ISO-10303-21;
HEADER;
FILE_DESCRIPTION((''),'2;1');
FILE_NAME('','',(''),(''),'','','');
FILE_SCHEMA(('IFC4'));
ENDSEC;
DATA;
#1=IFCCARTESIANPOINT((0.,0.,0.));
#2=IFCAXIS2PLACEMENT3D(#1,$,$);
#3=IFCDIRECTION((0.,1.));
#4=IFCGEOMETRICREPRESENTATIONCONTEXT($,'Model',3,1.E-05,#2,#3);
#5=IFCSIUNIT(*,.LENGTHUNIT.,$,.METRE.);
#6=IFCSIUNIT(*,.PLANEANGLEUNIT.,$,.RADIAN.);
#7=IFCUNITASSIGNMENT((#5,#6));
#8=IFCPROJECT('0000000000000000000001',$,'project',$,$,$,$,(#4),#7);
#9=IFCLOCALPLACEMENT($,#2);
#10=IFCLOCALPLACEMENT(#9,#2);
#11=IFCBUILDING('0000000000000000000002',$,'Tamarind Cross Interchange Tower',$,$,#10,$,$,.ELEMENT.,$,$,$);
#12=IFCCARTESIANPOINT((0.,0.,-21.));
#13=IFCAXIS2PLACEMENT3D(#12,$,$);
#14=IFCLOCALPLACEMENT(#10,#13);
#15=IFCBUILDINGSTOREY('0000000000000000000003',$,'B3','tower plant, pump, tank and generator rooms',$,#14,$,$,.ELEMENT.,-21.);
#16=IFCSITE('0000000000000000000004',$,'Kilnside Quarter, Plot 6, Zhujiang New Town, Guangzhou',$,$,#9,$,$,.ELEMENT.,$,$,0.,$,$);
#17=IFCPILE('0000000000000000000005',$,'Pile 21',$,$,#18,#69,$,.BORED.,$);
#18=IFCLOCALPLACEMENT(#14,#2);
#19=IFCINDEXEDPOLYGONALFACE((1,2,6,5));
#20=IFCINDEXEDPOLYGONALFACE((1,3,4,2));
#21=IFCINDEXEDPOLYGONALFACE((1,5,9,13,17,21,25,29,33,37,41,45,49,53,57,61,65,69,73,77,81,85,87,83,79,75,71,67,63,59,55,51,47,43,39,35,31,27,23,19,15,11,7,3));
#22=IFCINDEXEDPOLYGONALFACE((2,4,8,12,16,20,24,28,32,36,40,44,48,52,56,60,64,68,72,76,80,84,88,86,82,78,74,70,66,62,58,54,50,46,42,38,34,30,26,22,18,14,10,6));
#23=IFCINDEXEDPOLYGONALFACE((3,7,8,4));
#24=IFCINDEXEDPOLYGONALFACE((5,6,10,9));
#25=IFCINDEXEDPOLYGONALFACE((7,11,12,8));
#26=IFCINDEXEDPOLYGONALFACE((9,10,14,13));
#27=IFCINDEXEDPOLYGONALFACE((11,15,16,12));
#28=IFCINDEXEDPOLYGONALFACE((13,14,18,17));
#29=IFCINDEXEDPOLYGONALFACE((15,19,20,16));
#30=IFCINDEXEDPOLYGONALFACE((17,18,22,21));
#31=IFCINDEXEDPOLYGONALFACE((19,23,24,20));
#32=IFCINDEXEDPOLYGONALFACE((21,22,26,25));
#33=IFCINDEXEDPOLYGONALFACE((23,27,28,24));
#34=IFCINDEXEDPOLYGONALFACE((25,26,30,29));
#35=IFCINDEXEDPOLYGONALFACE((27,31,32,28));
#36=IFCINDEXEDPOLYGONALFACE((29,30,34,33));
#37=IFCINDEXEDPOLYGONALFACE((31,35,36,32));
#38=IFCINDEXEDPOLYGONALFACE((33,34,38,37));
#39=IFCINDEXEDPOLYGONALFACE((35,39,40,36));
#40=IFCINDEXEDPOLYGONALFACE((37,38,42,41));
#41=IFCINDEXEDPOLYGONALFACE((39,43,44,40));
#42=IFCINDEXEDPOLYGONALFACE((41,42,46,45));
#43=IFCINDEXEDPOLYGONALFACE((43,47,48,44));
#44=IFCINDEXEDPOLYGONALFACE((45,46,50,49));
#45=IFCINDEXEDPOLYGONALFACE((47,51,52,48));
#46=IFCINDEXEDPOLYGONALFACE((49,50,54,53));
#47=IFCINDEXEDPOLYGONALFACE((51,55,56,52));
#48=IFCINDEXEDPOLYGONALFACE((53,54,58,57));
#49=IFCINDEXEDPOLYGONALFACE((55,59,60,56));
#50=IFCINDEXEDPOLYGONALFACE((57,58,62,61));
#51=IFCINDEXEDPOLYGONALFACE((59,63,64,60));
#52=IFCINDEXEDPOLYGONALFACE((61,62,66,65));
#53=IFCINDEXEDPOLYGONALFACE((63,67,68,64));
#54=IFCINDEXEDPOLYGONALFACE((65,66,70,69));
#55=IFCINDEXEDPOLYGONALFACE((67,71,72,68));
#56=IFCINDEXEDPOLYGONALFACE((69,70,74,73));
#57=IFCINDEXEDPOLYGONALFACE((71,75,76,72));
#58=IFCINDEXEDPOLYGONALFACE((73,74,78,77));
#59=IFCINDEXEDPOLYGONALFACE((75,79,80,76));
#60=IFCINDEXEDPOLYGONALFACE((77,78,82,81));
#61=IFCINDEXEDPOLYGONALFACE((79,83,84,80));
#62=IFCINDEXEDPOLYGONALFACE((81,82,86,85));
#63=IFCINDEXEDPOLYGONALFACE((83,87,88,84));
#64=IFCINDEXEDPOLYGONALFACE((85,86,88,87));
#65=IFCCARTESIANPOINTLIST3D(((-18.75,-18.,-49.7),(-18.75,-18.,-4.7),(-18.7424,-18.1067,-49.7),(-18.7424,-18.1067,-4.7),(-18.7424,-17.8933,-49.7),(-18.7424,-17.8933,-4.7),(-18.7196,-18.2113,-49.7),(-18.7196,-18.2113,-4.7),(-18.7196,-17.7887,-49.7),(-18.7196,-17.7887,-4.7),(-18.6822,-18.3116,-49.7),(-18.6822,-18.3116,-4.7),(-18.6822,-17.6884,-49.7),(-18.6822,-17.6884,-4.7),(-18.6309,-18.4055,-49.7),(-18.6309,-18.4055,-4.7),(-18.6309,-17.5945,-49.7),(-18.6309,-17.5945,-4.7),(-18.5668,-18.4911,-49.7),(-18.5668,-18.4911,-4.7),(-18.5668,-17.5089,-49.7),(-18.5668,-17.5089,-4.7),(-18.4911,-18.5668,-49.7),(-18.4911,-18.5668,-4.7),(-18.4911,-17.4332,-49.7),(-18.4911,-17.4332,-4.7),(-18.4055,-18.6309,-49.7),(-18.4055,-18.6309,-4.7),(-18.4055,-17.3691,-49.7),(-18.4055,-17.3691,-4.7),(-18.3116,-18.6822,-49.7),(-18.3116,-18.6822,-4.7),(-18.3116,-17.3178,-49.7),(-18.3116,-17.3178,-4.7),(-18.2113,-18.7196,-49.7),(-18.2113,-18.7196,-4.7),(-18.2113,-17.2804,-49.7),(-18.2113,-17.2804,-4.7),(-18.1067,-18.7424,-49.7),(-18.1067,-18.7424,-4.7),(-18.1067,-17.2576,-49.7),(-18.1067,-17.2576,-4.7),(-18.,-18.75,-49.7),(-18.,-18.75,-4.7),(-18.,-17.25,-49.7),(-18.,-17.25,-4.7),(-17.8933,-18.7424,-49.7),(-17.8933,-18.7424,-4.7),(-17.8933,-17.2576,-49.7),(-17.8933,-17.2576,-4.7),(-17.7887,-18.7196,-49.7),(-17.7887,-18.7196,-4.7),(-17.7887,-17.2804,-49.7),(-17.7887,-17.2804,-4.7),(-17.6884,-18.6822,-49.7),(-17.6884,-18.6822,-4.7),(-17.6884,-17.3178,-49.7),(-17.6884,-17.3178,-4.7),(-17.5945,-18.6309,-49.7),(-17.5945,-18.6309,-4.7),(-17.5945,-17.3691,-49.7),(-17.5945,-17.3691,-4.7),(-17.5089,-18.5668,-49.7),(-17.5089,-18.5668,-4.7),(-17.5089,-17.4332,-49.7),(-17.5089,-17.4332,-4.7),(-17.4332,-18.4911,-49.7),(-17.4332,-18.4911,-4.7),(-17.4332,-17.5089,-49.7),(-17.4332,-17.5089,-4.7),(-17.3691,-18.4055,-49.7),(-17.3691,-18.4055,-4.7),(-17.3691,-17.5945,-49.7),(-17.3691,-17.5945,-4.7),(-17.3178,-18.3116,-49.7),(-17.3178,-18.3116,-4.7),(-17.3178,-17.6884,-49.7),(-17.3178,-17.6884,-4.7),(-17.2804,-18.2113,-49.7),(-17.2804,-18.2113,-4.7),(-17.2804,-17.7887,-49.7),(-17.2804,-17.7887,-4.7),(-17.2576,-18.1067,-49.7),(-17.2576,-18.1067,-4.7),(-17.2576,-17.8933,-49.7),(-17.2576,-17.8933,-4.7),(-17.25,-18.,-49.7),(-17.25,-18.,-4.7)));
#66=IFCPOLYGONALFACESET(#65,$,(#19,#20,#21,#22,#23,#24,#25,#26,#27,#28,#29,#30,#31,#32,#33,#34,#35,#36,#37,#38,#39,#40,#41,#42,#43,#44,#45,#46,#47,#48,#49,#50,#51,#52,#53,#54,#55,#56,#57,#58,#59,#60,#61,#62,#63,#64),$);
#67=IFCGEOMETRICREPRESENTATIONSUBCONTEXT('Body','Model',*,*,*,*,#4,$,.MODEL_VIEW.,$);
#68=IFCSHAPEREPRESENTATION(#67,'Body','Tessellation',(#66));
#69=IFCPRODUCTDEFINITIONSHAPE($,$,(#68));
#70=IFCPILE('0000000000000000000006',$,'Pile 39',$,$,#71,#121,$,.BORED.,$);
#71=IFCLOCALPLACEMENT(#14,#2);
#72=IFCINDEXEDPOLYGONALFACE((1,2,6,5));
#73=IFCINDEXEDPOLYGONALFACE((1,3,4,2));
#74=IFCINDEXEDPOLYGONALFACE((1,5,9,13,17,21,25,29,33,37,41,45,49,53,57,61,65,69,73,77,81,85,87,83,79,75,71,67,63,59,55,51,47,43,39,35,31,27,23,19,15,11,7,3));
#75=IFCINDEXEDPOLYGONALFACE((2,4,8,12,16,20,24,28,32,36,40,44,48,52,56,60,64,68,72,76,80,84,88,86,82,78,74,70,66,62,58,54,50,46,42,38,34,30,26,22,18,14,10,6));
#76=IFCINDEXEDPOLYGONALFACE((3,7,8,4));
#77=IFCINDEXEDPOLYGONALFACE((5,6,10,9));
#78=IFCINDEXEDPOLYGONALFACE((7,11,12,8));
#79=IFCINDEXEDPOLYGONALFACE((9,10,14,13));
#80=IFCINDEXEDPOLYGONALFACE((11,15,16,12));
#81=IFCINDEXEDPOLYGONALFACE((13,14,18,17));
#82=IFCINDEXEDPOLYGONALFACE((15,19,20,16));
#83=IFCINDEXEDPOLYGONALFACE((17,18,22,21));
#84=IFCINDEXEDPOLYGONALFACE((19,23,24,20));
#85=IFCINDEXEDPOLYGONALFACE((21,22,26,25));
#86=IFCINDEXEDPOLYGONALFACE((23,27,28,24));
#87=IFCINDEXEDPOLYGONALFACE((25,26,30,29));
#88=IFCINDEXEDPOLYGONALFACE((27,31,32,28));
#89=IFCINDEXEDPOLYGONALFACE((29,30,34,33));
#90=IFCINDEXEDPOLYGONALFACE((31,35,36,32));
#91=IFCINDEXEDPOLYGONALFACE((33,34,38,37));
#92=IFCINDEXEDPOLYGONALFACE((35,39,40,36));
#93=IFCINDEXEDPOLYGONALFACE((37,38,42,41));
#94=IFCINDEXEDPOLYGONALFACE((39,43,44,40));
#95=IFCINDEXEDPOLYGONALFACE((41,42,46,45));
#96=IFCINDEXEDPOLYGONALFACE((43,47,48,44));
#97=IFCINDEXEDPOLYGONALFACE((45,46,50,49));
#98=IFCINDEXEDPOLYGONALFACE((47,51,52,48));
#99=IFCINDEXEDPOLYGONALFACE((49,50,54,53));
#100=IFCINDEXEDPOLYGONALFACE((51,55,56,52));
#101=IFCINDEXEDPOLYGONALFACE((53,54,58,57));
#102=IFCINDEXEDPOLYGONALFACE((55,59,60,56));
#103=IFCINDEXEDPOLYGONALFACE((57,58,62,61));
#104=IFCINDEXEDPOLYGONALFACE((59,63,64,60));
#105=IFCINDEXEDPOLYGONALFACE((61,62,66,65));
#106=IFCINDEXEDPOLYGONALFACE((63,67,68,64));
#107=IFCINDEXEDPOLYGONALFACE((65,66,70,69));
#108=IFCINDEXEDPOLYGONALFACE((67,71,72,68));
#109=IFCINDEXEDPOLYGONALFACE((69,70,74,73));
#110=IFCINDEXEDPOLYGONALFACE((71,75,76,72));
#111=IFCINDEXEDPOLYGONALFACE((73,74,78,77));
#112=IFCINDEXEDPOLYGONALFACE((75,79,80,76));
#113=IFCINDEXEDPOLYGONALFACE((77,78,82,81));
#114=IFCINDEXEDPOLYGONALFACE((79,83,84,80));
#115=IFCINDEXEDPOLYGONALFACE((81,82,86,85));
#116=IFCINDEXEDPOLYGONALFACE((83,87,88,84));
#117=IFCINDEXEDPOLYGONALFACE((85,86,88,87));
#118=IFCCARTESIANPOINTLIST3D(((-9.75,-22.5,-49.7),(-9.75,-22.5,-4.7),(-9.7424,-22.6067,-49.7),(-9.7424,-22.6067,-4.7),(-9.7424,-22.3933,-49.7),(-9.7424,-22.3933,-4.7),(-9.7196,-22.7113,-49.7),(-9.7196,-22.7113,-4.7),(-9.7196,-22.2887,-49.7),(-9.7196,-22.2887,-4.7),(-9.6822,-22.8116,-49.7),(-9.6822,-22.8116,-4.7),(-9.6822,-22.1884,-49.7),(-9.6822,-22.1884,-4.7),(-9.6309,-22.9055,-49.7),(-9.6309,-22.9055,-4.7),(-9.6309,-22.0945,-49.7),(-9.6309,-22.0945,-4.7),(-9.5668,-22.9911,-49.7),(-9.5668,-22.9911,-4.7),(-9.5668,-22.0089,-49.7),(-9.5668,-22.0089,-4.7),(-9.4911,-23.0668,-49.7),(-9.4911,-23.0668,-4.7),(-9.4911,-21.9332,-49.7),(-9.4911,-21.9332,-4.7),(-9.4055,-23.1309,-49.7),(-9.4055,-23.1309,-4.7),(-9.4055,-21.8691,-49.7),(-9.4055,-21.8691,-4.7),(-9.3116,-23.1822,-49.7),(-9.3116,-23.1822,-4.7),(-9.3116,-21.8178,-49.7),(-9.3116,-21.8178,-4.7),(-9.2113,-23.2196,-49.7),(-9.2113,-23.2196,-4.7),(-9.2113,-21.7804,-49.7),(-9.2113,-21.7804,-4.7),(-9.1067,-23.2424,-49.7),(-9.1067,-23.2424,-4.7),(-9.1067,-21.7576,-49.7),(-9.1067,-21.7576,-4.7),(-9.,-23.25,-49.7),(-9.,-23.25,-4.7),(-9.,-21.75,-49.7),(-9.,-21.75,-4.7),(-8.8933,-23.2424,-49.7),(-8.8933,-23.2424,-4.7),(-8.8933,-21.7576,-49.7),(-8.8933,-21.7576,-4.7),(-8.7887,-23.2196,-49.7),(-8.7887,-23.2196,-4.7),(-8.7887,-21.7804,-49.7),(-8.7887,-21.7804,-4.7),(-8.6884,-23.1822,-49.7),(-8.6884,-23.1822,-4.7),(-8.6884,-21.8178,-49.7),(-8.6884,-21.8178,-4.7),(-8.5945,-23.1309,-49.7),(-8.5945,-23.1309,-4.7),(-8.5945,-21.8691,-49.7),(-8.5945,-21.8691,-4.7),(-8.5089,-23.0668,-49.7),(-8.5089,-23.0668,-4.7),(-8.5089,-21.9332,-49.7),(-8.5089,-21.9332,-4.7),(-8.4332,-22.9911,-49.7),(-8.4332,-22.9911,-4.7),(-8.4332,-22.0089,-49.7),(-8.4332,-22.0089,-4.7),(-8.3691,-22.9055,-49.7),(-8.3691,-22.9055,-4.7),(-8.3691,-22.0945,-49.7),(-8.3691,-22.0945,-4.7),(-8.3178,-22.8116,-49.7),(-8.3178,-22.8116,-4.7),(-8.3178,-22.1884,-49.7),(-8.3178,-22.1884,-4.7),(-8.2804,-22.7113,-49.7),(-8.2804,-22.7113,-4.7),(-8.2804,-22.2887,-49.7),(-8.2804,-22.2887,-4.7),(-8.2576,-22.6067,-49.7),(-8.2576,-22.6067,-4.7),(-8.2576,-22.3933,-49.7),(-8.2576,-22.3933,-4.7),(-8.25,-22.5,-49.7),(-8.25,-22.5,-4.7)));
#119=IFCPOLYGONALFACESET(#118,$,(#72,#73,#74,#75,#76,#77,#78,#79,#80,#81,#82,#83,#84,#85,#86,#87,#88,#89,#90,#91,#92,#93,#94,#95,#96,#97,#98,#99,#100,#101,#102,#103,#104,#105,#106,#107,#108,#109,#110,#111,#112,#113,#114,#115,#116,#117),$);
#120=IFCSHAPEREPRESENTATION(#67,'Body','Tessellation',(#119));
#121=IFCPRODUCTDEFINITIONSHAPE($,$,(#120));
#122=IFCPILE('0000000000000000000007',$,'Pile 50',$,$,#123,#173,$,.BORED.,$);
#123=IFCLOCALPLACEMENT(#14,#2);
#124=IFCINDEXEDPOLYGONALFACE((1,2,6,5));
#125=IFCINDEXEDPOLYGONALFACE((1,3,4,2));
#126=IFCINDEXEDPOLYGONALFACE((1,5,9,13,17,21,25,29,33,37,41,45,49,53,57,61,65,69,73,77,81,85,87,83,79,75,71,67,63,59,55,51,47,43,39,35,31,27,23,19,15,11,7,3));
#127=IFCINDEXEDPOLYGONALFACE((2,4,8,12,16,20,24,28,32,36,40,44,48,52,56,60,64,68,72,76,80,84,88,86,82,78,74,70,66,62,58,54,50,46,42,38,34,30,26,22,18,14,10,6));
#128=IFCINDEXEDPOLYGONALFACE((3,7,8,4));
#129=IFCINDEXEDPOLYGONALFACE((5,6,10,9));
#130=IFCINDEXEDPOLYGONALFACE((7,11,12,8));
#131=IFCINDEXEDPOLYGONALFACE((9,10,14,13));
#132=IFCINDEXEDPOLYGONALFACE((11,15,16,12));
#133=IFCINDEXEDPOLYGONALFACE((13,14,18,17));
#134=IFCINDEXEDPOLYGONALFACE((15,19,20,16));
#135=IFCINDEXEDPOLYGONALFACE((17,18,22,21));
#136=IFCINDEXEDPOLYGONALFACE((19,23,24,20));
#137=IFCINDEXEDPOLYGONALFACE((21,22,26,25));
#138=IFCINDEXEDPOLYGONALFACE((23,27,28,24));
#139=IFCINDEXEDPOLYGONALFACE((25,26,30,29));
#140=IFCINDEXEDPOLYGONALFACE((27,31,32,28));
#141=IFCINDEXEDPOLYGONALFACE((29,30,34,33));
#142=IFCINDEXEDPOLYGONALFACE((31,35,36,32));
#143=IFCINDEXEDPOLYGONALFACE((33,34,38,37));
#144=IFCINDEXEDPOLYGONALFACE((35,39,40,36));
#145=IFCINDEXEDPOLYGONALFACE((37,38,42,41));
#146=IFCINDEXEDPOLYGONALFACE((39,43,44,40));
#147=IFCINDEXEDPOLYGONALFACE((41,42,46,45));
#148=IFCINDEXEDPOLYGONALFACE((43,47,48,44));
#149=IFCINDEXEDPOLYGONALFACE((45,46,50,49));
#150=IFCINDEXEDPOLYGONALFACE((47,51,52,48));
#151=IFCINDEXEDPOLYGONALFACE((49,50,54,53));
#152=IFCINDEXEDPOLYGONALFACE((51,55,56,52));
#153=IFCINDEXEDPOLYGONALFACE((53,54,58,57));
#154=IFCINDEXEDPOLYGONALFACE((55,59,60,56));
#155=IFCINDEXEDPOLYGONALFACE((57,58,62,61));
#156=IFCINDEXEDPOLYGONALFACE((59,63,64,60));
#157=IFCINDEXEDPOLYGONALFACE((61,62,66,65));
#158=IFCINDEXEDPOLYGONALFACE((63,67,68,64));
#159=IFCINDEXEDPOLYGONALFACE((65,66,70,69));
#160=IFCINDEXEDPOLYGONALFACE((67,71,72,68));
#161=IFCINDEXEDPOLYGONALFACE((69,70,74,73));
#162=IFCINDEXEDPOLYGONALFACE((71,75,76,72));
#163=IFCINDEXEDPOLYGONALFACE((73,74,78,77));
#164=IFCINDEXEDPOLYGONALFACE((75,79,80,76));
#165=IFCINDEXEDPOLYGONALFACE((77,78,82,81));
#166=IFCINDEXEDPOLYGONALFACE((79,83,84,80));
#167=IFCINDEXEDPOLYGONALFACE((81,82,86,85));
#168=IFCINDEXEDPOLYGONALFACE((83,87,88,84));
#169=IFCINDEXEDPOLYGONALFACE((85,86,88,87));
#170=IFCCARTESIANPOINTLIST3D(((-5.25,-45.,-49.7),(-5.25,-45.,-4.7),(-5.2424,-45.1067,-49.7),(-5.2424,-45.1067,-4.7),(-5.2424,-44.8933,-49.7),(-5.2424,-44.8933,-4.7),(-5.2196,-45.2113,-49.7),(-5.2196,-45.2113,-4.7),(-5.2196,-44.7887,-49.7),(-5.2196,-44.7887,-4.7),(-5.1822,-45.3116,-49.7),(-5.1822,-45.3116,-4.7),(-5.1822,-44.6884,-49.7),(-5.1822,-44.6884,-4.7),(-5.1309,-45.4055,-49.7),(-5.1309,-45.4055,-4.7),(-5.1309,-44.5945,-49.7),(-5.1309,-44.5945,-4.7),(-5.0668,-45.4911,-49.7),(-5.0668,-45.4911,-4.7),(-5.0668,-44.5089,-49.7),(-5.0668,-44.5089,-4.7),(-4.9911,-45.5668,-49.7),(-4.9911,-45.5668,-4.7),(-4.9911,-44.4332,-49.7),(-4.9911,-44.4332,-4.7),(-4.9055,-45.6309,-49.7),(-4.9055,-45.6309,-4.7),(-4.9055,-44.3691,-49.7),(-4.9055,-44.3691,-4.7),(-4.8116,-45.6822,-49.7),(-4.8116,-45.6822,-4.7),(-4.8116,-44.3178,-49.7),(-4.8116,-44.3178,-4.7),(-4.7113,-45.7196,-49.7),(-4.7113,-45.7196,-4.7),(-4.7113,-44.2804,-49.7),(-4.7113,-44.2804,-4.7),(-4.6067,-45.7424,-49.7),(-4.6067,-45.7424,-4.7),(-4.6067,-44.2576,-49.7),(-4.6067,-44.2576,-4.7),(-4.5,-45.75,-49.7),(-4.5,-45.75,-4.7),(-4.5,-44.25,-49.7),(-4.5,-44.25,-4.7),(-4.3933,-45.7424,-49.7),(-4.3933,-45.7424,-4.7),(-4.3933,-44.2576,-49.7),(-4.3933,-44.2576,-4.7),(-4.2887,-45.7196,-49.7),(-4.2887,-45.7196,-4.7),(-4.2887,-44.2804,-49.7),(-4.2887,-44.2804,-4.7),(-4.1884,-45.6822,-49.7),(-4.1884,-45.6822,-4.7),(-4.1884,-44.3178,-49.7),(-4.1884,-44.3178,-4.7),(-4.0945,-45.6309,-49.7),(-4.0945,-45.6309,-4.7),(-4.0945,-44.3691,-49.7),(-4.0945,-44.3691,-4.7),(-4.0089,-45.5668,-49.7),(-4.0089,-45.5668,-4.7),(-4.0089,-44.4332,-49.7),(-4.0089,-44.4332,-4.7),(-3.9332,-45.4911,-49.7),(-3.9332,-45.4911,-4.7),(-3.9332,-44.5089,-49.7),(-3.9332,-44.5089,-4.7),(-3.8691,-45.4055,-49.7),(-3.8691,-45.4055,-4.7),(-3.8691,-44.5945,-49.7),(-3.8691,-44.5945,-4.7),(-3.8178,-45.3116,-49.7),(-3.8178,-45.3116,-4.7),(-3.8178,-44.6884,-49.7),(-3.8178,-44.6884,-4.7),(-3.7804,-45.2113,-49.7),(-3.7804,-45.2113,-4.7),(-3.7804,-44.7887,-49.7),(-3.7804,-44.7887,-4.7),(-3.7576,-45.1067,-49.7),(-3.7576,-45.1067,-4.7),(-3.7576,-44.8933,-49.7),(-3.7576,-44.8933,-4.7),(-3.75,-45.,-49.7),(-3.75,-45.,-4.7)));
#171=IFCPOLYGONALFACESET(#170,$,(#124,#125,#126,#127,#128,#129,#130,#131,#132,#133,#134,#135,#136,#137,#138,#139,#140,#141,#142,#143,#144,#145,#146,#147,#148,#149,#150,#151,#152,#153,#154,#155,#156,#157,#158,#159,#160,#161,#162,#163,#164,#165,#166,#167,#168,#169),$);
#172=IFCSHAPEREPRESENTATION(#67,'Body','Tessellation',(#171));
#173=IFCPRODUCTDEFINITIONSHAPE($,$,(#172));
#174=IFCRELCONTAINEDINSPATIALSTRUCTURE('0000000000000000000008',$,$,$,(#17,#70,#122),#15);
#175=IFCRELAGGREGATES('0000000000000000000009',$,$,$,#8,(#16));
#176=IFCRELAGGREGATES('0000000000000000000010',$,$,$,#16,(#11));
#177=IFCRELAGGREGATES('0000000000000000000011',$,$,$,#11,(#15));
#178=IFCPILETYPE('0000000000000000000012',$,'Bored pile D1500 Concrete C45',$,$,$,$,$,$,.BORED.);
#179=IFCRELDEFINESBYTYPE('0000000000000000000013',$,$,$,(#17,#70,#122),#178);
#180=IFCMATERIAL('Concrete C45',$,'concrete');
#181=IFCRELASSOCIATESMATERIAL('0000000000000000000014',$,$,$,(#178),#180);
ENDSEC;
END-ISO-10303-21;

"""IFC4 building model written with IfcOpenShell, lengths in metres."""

from ifc_helpers import new_model, si_unit, direction, frame, origin, origin_2d, place, context, subcontext, project, spatial, circle, extrude, material, material_profile, profile_set, type_object, element, save


model = new_model("IFC4")

# Units and contexts
model_context = context("Model", 3, precision=1e-05, world=origin(), true_north=direction((0.0, 1.0)))
body_context = subcontext(model_context, "Body", "Model", "MODEL_VIEW")
ifc_project = project(units=[si_unit("LENGTHUNIT", "METRE"), si_unit("PLANEANGLEUNIT", "RADIAN")], contexts=[model_context])

# Site, building, storey
site_placement = place(None, origin())
site = spatial("IfcSite", under=ifc_project, at=site_placement, Name="Kilnside Quarter, Plot 6, Zhujiang New Town, Guangzhou", CompositionType="ELEMENT", RefElevation=0.0)
building_placement = place(site_placement, origin())
building = spatial("IfcBuilding", under=site, at=building_placement, Name="Tamarind Cross Interchange Tower", CompositionType="ELEMENT")
storey_placement = place(building_placement, frame((0.0, 0.0, -21.0)))
storey = spatial("IfcBuildingStorey", under=building, at=storey_placement, Name="B3", Description="tower plant, pump, tank and generator rooms", CompositionType="ELEMENT", Elevation=-21.0)

# Piles
ifc_material_1 = material(Name="Concrete C45", Category="concrete")
ifc_material_profile_1 = material_profile(ifc_material_1, circle(Radius=0.75, at=origin_2d()), Name="RC D1500")
ifc_profile_set_1 = profile_set([ifc_material_profile_1], Name="Concrete C45")
pile_type = type_object("IfcPileType", Name="Bored pile D1500 Concrete C45", PredefinedType="BORED", material=ifc_profile_set_1)
for number, where, z_axis, x_axis, name in (
    (1, (-18.0, -18.0, -4.7), (0.0, 0.0, -1.0), (1.0, 0.0, 0.0), "Pile 21"),
    (2, (-9.0, -22.5, -4.7), (0.0, 0.0, -1.0), (1.0, 0.0, 0.0), "Pile 39"),
    (3, (-4.5, -45.0, -4.7), (0.0, 0.0, -1.0), (1.0, 0.0, 0.0), "Pile 50"),
):
    element("IfcPile", number, at=place(storey_placement, frame(where, z_axis=z_axis, x_axis=x_axis)), inside=storey, type_object=pile_type, Name=name, PredefinedType="BORED", context=body_context, shape_type="SweptSolid", body=[
        extrude(circle(Radius=0.75, at=origin_2d()), origin(), (0.0, 0.0, 1.0), 45.0),
    ])

save(model, "model.ifc")
